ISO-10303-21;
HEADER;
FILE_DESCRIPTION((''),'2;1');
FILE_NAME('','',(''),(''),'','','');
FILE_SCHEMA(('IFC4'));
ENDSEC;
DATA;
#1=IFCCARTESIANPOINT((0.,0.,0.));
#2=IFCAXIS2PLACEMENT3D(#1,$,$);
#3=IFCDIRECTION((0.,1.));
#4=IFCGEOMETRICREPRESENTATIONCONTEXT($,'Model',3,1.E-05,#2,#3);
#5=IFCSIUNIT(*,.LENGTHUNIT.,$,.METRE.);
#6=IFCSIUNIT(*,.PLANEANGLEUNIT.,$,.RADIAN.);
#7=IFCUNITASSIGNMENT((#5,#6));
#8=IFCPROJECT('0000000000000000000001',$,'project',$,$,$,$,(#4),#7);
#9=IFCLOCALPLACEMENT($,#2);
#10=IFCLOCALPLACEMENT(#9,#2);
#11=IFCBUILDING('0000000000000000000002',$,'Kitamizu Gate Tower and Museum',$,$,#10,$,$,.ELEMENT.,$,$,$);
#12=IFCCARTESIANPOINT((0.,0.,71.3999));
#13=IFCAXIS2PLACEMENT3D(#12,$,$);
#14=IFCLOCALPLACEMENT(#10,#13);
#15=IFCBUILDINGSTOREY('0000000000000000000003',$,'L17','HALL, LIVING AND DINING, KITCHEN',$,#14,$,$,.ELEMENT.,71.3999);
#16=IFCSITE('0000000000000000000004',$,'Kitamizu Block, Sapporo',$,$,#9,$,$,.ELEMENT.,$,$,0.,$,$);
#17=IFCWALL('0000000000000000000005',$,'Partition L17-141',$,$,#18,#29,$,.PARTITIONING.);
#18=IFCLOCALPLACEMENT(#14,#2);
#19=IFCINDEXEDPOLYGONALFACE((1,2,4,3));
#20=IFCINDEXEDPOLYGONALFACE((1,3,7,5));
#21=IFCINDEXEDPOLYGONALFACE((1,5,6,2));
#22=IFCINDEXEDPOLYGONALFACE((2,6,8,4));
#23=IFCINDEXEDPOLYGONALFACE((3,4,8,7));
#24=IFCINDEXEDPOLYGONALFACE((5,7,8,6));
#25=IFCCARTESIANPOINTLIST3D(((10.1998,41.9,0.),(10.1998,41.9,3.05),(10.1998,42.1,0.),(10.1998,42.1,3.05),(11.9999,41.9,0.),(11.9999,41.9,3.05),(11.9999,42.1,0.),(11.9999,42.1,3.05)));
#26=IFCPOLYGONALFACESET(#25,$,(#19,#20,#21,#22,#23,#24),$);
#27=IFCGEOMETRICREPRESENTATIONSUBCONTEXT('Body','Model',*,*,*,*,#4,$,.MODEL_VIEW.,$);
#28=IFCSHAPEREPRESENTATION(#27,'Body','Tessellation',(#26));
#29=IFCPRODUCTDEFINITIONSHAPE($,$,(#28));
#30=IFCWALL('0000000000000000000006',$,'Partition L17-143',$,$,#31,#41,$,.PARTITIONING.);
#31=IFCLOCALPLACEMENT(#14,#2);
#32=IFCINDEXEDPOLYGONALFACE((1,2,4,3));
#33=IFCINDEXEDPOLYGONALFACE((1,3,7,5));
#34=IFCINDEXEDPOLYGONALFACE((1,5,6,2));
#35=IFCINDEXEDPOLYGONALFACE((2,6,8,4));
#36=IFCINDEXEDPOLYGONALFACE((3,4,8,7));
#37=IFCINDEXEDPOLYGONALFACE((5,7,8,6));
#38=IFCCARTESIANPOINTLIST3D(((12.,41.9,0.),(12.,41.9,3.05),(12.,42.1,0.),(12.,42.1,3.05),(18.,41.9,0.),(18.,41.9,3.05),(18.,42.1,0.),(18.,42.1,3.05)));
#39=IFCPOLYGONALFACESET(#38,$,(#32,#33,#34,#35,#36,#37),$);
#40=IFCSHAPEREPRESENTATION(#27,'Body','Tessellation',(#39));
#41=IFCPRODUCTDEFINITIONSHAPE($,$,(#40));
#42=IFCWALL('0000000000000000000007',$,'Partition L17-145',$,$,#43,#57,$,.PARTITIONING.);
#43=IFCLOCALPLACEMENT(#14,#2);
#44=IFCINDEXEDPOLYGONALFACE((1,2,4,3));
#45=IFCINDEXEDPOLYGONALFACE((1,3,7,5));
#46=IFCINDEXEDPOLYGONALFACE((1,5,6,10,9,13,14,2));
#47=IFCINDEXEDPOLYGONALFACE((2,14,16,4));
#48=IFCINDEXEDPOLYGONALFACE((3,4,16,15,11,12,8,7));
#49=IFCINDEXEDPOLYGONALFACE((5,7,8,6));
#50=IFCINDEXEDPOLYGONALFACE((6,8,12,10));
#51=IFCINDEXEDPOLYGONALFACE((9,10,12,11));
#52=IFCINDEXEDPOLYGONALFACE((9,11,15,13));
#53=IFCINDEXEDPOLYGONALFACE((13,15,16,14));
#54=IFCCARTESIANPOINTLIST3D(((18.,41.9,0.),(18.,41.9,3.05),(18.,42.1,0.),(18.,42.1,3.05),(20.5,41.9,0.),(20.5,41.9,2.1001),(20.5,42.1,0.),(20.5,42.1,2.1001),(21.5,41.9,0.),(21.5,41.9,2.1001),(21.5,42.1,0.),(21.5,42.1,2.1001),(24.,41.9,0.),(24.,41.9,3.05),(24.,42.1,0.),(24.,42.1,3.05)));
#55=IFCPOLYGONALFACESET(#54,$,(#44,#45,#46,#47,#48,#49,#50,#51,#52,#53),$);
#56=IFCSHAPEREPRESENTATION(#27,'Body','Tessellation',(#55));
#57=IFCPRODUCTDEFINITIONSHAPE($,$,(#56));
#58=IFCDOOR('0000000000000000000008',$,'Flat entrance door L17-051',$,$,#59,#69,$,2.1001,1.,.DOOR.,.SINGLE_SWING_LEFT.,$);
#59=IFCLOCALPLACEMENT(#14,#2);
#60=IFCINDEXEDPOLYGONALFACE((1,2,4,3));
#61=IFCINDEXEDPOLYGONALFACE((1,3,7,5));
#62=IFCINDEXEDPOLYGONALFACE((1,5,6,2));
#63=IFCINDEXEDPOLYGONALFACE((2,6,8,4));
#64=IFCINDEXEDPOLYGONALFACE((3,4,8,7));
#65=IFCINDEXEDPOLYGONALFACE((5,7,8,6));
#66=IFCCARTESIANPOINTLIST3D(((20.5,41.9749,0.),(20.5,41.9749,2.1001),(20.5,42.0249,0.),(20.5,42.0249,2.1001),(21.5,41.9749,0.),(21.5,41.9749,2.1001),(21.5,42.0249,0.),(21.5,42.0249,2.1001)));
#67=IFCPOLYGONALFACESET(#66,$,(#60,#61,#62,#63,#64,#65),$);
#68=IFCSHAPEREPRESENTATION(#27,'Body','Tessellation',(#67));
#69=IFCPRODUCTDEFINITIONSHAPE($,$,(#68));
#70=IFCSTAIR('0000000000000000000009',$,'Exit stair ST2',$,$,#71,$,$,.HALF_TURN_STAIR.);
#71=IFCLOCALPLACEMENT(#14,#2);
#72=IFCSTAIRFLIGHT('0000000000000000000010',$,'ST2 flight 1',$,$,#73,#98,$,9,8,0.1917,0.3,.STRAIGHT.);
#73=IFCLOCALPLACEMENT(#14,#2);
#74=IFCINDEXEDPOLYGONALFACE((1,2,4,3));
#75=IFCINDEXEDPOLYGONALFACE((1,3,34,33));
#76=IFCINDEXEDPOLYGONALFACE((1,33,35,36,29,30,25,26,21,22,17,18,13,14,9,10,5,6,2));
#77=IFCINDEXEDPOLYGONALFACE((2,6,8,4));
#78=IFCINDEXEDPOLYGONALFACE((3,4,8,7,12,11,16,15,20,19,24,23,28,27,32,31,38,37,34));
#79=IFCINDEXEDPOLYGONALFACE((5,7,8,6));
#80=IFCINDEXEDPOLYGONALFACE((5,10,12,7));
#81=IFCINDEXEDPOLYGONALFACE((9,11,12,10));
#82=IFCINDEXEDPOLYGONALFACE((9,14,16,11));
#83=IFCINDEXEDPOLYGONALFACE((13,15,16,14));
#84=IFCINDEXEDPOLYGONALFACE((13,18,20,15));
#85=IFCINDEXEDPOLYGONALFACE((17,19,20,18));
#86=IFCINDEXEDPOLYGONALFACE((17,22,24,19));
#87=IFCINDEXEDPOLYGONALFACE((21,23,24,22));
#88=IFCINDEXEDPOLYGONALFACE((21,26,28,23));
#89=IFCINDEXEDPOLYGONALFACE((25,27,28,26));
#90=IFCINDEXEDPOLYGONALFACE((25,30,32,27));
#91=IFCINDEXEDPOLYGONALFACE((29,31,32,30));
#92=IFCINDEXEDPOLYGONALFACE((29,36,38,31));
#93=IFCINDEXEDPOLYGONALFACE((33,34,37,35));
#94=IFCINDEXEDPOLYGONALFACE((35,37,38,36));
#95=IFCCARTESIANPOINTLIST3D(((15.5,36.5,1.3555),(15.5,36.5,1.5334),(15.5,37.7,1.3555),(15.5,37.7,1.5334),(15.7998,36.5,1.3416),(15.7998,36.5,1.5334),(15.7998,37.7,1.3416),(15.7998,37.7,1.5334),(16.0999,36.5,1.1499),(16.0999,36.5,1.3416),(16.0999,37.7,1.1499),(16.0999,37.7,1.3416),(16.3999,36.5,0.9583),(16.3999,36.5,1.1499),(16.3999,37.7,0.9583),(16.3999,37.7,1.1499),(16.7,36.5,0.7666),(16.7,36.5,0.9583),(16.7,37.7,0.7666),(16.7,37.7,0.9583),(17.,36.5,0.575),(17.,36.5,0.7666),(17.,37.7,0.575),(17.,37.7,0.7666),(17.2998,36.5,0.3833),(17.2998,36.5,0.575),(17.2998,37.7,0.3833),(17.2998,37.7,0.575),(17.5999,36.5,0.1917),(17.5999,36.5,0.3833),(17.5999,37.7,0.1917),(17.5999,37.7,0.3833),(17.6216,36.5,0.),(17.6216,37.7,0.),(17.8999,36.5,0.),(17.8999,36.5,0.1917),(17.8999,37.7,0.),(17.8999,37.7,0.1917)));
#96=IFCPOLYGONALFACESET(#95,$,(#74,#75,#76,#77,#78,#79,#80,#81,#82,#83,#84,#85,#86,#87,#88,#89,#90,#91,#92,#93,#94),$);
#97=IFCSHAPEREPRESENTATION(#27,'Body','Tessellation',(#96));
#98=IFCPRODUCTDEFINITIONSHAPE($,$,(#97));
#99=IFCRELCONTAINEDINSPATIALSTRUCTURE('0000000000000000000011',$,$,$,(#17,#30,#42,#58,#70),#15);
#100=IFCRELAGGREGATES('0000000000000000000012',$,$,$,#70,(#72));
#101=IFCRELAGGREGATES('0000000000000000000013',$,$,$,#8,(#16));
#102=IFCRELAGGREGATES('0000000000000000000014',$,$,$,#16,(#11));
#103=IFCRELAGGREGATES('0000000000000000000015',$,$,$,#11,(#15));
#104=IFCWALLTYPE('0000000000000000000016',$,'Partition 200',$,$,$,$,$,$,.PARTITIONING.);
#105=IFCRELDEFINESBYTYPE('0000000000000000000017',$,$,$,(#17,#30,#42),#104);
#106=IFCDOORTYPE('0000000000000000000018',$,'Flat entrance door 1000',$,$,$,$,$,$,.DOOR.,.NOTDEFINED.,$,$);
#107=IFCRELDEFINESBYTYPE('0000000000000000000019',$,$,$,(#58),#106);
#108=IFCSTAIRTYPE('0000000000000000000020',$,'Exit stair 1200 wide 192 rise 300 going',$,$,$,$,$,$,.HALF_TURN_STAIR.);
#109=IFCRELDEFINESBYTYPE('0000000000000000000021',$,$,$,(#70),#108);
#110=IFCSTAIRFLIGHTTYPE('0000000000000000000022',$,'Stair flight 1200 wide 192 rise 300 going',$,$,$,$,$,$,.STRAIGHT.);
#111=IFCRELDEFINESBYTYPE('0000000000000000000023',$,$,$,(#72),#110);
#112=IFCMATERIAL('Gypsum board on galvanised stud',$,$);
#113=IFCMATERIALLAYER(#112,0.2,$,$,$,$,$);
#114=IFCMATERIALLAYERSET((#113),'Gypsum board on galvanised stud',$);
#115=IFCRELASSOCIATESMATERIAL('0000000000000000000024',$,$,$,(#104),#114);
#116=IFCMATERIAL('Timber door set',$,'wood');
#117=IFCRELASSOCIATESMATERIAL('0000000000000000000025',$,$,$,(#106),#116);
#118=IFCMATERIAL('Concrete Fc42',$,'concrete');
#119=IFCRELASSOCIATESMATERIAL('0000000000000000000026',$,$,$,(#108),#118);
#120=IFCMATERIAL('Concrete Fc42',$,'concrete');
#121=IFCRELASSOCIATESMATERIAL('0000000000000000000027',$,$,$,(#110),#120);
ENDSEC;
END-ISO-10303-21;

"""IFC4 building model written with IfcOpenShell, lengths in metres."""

from ifc_helpers import new_model, si_unit, direction, frame, frame_2d, origin, place, context, subcontext, project, spatial, polyline, rectangle, outline, extrude, material, layer, layer_set, type_object, element, fill, aggregate, save


model = new_model("IFC4")

# Units and contexts
model_context = context("Model", 3, precision=1e-05, world=origin(), true_north=direction((0.0, 1.0)))
body_context = subcontext(model_context, "Body", "Model", "MODEL_VIEW")
ifc_project = project(units=[si_unit("LENGTHUNIT", "METRE"), si_unit("PLANEANGLEUNIT", "RADIAN")], contexts=[model_context])

# Site, building, storey
site_placement = place(None, origin())
site = spatial("IfcSite", under=ifc_project, at=site_placement, Name="Kitamizu Block, Sapporo", CompositionType="ELEMENT", RefElevation=0.0)
building_placement = place(site_placement, origin())
building = spatial("IfcBuilding", under=site, at=building_placement, Name="Kitamizu Gate Tower and Museum", CompositionType="ELEMENT")
storey_placement = place(building_placement, frame((0.0, 0.0, 71.3999)))
storey = spatial("IfcBuildingStorey", under=building, at=storey_placement, Name="L17", Description="HALL, LIVING AND DINING, KITCHEN", CompositionType="ELEMENT", Elevation=71.3999)

# Walls
ifc_material_1 = material(Name="Gypsum board on galvanised stud")
ifc_layer_1 = layer(ifc_material_1, 0.2)
ifc_layer_set_1 = layer_set([ifc_layer_1], Name="Gypsum board on galvanised stud")
wall_type_1 = type_object("IfcWallType", Name="Partition 200", PredefinedType="PARTITIONING", material=ifc_layer_set_1)
wall_1_placement = place(storey_placement, frame((10.2, 42.0, 0.0), z_axis=(0.0, 0.0, 1.0), x_axis=(1.0, 0.0, 0.0)))
element("IfcWall", 1, at=wall_1_placement, inside=storey, type_object=wall_type_1, Name="Partition L17-141", PredefinedType="PARTITIONING", context=body_context, shape_type="SweptSolid", body=[
    extrude(rectangle(XDim=1.8, YDim=0.2, at=frame_2d((0.8999, 0.0))), origin(), (0.0, 0.0, 1.0), 3.05),
])
wall_2_placement = place(storey_placement, frame((12.0, 42.0, 0.0), z_axis=(0.0, 0.0, 1.0), x_axis=(1.0, 0.0, 0.0)))
element("IfcWall", 2, at=wall_2_placement, inside=storey, type_object=wall_type_1, Name="Partition L17-143", PredefinedType="PARTITIONING", context=body_context, shape_type="SweptSolid", body=[
    extrude(rectangle(XDim=6.0, YDim=0.2, at=frame_2d((3.0, 0.0))), origin(), (0.0, 0.0, 1.0), 3.05),
])

# Wall, opening, door
wall_3_placement = place(storey_placement, frame((18.0, 42.0, 0.0), z_axis=(0.0, 0.0, 1.0), x_axis=(1.0, 0.0, 0.0)))
wall_3 = element("IfcWall", 3, at=wall_3_placement, inside=storey, type_object=wall_type_1, Name="Partition L17-145", PredefinedType="PARTITIONING", context=body_context, shape_type="SweptSolid", body=[
    extrude(rectangle(XDim=6.0, YDim=0.2, at=frame_2d((3.0, 0.0))), origin(), (0.0, 0.0, 1.0), 3.05),
])
opening_1_placement = place(wall_3_placement, frame((2.5, 0.0, 0.0)))
opening_1 = element("IfcOpeningElement", 4, at=opening_1_placement, cuts=wall_3, PredefinedType="OPENING", context=body_context, shape_type="SweptSolid", body=[
    extrude(rectangle(XDim=1.0, YDim=2.1001, at=frame_2d((0.5, 1.05))), frame((0.0, 0.1099, 0.0), z_axis=(0.0, -1.0, 0.0), x_axis=(1.0, 0.0, 0.0)), (0.0, 0.0, 1.0), 0.22),
])
ifc_material_2 = material(Name="Timber door set", Category="wood")
door_type_1 = type_object("IfcDoorType", Name="Flat entrance door 1000", OperationType="NOTDEFINED", PredefinedType="DOOR", material=ifc_material_2)
door_1_placement = place(opening_1_placement, origin())
door_1 = element("IfcDoor", 5, at=door_1_placement, inside=storey, type_object=door_type_1, Name="Flat entrance door L17-051", OperationType="SINGLE_SWING_LEFT", OverallHeight=2.1001, OverallWidth=1.0, PredefinedType="DOOR", context=body_context, shape_type="SweptSolid", body=[
    extrude(rectangle(XDim=1.0, YDim=2.1001, at=frame_2d((0.5, 1.05))), frame((0.0, 0.0249, 0.0), z_axis=(0.0, -1.0, 0.0), x_axis=(1.0, 0.0, 0.0)), (0.0, 0.0, 1.0), 0.05),
])
fill(opening_1, door_1)

# Stair, stair flight
ifc_material_3 = material(Name="Concrete Fc42", Category="concrete")
stair_type = type_object("IfcStairType", Name="Exit stair 1200 wide 192 rise 300 going", PredefinedType="HALF_TURN_STAIR", material=ifc_material_3)
stair_placement = place(storey_placement, origin())
stair = element("IfcStair", 6, at=stair_placement, inside=storey, type_object=stair_type, Name="Exit stair ST2", PredefinedType="HALF_TURN_STAIR")
ifc_material_4 = material(Name="Concrete Fc42", Category="concrete")
stair_flight_type = type_object("IfcStairFlightType", Name="Stair flight 1200 wide 192 rise 300 going", PredefinedType="STRAIGHT", material=ifc_material_4)
stair_flight_placement = place(storey_placement, frame((17.8999, 37.1001, 0.0), z_axis=(0.0, 0.0, 1.0), x_axis=(-1.0, 0.0, 0.0)))
stair_flight = element("IfcStairFlight", 7, at=stair_flight_placement, type_object=stair_flight_type, Name="ST2 flight 1", NumberOfRisers=9, NumberOfTreads=8, PredefinedType="STRAIGHT", RiserHeight=0.1917, TreadLength=0.3, context=body_context, shape_type="SweptSolid", body=[
    extrude(outline(polyline([(0.0, 0.0), (0.0, 0.1917), (0.3, 0.1917), (0.3, 0.3833), (0.6001, 0.3833), (0.6001, 0.575), (0.8999, 0.575), (0.8999, 0.7666), (1.2, 0.7666), (1.2, 0.9583), (1.5, 0.9583), (1.5, 1.1499), (1.8, 1.1499), (1.8, 1.3416), (2.1001, 1.3416), (2.1001, 1.5334), (2.3999, 1.5334), (2.3999, 1.7251), (2.3999, 1.3555), (0.2783, 0.0), (0.0, 0.0)])), frame((0.0, 0.6001, 0.0), z_axis=(0.0, -1.0, 0.0), x_axis=(1.0, 0.0, 0.0)), (0.0, 0.0, 1.0), 1.2),
])
aggregate(stair, [stair_flight])

save(model, "model.ifc")
